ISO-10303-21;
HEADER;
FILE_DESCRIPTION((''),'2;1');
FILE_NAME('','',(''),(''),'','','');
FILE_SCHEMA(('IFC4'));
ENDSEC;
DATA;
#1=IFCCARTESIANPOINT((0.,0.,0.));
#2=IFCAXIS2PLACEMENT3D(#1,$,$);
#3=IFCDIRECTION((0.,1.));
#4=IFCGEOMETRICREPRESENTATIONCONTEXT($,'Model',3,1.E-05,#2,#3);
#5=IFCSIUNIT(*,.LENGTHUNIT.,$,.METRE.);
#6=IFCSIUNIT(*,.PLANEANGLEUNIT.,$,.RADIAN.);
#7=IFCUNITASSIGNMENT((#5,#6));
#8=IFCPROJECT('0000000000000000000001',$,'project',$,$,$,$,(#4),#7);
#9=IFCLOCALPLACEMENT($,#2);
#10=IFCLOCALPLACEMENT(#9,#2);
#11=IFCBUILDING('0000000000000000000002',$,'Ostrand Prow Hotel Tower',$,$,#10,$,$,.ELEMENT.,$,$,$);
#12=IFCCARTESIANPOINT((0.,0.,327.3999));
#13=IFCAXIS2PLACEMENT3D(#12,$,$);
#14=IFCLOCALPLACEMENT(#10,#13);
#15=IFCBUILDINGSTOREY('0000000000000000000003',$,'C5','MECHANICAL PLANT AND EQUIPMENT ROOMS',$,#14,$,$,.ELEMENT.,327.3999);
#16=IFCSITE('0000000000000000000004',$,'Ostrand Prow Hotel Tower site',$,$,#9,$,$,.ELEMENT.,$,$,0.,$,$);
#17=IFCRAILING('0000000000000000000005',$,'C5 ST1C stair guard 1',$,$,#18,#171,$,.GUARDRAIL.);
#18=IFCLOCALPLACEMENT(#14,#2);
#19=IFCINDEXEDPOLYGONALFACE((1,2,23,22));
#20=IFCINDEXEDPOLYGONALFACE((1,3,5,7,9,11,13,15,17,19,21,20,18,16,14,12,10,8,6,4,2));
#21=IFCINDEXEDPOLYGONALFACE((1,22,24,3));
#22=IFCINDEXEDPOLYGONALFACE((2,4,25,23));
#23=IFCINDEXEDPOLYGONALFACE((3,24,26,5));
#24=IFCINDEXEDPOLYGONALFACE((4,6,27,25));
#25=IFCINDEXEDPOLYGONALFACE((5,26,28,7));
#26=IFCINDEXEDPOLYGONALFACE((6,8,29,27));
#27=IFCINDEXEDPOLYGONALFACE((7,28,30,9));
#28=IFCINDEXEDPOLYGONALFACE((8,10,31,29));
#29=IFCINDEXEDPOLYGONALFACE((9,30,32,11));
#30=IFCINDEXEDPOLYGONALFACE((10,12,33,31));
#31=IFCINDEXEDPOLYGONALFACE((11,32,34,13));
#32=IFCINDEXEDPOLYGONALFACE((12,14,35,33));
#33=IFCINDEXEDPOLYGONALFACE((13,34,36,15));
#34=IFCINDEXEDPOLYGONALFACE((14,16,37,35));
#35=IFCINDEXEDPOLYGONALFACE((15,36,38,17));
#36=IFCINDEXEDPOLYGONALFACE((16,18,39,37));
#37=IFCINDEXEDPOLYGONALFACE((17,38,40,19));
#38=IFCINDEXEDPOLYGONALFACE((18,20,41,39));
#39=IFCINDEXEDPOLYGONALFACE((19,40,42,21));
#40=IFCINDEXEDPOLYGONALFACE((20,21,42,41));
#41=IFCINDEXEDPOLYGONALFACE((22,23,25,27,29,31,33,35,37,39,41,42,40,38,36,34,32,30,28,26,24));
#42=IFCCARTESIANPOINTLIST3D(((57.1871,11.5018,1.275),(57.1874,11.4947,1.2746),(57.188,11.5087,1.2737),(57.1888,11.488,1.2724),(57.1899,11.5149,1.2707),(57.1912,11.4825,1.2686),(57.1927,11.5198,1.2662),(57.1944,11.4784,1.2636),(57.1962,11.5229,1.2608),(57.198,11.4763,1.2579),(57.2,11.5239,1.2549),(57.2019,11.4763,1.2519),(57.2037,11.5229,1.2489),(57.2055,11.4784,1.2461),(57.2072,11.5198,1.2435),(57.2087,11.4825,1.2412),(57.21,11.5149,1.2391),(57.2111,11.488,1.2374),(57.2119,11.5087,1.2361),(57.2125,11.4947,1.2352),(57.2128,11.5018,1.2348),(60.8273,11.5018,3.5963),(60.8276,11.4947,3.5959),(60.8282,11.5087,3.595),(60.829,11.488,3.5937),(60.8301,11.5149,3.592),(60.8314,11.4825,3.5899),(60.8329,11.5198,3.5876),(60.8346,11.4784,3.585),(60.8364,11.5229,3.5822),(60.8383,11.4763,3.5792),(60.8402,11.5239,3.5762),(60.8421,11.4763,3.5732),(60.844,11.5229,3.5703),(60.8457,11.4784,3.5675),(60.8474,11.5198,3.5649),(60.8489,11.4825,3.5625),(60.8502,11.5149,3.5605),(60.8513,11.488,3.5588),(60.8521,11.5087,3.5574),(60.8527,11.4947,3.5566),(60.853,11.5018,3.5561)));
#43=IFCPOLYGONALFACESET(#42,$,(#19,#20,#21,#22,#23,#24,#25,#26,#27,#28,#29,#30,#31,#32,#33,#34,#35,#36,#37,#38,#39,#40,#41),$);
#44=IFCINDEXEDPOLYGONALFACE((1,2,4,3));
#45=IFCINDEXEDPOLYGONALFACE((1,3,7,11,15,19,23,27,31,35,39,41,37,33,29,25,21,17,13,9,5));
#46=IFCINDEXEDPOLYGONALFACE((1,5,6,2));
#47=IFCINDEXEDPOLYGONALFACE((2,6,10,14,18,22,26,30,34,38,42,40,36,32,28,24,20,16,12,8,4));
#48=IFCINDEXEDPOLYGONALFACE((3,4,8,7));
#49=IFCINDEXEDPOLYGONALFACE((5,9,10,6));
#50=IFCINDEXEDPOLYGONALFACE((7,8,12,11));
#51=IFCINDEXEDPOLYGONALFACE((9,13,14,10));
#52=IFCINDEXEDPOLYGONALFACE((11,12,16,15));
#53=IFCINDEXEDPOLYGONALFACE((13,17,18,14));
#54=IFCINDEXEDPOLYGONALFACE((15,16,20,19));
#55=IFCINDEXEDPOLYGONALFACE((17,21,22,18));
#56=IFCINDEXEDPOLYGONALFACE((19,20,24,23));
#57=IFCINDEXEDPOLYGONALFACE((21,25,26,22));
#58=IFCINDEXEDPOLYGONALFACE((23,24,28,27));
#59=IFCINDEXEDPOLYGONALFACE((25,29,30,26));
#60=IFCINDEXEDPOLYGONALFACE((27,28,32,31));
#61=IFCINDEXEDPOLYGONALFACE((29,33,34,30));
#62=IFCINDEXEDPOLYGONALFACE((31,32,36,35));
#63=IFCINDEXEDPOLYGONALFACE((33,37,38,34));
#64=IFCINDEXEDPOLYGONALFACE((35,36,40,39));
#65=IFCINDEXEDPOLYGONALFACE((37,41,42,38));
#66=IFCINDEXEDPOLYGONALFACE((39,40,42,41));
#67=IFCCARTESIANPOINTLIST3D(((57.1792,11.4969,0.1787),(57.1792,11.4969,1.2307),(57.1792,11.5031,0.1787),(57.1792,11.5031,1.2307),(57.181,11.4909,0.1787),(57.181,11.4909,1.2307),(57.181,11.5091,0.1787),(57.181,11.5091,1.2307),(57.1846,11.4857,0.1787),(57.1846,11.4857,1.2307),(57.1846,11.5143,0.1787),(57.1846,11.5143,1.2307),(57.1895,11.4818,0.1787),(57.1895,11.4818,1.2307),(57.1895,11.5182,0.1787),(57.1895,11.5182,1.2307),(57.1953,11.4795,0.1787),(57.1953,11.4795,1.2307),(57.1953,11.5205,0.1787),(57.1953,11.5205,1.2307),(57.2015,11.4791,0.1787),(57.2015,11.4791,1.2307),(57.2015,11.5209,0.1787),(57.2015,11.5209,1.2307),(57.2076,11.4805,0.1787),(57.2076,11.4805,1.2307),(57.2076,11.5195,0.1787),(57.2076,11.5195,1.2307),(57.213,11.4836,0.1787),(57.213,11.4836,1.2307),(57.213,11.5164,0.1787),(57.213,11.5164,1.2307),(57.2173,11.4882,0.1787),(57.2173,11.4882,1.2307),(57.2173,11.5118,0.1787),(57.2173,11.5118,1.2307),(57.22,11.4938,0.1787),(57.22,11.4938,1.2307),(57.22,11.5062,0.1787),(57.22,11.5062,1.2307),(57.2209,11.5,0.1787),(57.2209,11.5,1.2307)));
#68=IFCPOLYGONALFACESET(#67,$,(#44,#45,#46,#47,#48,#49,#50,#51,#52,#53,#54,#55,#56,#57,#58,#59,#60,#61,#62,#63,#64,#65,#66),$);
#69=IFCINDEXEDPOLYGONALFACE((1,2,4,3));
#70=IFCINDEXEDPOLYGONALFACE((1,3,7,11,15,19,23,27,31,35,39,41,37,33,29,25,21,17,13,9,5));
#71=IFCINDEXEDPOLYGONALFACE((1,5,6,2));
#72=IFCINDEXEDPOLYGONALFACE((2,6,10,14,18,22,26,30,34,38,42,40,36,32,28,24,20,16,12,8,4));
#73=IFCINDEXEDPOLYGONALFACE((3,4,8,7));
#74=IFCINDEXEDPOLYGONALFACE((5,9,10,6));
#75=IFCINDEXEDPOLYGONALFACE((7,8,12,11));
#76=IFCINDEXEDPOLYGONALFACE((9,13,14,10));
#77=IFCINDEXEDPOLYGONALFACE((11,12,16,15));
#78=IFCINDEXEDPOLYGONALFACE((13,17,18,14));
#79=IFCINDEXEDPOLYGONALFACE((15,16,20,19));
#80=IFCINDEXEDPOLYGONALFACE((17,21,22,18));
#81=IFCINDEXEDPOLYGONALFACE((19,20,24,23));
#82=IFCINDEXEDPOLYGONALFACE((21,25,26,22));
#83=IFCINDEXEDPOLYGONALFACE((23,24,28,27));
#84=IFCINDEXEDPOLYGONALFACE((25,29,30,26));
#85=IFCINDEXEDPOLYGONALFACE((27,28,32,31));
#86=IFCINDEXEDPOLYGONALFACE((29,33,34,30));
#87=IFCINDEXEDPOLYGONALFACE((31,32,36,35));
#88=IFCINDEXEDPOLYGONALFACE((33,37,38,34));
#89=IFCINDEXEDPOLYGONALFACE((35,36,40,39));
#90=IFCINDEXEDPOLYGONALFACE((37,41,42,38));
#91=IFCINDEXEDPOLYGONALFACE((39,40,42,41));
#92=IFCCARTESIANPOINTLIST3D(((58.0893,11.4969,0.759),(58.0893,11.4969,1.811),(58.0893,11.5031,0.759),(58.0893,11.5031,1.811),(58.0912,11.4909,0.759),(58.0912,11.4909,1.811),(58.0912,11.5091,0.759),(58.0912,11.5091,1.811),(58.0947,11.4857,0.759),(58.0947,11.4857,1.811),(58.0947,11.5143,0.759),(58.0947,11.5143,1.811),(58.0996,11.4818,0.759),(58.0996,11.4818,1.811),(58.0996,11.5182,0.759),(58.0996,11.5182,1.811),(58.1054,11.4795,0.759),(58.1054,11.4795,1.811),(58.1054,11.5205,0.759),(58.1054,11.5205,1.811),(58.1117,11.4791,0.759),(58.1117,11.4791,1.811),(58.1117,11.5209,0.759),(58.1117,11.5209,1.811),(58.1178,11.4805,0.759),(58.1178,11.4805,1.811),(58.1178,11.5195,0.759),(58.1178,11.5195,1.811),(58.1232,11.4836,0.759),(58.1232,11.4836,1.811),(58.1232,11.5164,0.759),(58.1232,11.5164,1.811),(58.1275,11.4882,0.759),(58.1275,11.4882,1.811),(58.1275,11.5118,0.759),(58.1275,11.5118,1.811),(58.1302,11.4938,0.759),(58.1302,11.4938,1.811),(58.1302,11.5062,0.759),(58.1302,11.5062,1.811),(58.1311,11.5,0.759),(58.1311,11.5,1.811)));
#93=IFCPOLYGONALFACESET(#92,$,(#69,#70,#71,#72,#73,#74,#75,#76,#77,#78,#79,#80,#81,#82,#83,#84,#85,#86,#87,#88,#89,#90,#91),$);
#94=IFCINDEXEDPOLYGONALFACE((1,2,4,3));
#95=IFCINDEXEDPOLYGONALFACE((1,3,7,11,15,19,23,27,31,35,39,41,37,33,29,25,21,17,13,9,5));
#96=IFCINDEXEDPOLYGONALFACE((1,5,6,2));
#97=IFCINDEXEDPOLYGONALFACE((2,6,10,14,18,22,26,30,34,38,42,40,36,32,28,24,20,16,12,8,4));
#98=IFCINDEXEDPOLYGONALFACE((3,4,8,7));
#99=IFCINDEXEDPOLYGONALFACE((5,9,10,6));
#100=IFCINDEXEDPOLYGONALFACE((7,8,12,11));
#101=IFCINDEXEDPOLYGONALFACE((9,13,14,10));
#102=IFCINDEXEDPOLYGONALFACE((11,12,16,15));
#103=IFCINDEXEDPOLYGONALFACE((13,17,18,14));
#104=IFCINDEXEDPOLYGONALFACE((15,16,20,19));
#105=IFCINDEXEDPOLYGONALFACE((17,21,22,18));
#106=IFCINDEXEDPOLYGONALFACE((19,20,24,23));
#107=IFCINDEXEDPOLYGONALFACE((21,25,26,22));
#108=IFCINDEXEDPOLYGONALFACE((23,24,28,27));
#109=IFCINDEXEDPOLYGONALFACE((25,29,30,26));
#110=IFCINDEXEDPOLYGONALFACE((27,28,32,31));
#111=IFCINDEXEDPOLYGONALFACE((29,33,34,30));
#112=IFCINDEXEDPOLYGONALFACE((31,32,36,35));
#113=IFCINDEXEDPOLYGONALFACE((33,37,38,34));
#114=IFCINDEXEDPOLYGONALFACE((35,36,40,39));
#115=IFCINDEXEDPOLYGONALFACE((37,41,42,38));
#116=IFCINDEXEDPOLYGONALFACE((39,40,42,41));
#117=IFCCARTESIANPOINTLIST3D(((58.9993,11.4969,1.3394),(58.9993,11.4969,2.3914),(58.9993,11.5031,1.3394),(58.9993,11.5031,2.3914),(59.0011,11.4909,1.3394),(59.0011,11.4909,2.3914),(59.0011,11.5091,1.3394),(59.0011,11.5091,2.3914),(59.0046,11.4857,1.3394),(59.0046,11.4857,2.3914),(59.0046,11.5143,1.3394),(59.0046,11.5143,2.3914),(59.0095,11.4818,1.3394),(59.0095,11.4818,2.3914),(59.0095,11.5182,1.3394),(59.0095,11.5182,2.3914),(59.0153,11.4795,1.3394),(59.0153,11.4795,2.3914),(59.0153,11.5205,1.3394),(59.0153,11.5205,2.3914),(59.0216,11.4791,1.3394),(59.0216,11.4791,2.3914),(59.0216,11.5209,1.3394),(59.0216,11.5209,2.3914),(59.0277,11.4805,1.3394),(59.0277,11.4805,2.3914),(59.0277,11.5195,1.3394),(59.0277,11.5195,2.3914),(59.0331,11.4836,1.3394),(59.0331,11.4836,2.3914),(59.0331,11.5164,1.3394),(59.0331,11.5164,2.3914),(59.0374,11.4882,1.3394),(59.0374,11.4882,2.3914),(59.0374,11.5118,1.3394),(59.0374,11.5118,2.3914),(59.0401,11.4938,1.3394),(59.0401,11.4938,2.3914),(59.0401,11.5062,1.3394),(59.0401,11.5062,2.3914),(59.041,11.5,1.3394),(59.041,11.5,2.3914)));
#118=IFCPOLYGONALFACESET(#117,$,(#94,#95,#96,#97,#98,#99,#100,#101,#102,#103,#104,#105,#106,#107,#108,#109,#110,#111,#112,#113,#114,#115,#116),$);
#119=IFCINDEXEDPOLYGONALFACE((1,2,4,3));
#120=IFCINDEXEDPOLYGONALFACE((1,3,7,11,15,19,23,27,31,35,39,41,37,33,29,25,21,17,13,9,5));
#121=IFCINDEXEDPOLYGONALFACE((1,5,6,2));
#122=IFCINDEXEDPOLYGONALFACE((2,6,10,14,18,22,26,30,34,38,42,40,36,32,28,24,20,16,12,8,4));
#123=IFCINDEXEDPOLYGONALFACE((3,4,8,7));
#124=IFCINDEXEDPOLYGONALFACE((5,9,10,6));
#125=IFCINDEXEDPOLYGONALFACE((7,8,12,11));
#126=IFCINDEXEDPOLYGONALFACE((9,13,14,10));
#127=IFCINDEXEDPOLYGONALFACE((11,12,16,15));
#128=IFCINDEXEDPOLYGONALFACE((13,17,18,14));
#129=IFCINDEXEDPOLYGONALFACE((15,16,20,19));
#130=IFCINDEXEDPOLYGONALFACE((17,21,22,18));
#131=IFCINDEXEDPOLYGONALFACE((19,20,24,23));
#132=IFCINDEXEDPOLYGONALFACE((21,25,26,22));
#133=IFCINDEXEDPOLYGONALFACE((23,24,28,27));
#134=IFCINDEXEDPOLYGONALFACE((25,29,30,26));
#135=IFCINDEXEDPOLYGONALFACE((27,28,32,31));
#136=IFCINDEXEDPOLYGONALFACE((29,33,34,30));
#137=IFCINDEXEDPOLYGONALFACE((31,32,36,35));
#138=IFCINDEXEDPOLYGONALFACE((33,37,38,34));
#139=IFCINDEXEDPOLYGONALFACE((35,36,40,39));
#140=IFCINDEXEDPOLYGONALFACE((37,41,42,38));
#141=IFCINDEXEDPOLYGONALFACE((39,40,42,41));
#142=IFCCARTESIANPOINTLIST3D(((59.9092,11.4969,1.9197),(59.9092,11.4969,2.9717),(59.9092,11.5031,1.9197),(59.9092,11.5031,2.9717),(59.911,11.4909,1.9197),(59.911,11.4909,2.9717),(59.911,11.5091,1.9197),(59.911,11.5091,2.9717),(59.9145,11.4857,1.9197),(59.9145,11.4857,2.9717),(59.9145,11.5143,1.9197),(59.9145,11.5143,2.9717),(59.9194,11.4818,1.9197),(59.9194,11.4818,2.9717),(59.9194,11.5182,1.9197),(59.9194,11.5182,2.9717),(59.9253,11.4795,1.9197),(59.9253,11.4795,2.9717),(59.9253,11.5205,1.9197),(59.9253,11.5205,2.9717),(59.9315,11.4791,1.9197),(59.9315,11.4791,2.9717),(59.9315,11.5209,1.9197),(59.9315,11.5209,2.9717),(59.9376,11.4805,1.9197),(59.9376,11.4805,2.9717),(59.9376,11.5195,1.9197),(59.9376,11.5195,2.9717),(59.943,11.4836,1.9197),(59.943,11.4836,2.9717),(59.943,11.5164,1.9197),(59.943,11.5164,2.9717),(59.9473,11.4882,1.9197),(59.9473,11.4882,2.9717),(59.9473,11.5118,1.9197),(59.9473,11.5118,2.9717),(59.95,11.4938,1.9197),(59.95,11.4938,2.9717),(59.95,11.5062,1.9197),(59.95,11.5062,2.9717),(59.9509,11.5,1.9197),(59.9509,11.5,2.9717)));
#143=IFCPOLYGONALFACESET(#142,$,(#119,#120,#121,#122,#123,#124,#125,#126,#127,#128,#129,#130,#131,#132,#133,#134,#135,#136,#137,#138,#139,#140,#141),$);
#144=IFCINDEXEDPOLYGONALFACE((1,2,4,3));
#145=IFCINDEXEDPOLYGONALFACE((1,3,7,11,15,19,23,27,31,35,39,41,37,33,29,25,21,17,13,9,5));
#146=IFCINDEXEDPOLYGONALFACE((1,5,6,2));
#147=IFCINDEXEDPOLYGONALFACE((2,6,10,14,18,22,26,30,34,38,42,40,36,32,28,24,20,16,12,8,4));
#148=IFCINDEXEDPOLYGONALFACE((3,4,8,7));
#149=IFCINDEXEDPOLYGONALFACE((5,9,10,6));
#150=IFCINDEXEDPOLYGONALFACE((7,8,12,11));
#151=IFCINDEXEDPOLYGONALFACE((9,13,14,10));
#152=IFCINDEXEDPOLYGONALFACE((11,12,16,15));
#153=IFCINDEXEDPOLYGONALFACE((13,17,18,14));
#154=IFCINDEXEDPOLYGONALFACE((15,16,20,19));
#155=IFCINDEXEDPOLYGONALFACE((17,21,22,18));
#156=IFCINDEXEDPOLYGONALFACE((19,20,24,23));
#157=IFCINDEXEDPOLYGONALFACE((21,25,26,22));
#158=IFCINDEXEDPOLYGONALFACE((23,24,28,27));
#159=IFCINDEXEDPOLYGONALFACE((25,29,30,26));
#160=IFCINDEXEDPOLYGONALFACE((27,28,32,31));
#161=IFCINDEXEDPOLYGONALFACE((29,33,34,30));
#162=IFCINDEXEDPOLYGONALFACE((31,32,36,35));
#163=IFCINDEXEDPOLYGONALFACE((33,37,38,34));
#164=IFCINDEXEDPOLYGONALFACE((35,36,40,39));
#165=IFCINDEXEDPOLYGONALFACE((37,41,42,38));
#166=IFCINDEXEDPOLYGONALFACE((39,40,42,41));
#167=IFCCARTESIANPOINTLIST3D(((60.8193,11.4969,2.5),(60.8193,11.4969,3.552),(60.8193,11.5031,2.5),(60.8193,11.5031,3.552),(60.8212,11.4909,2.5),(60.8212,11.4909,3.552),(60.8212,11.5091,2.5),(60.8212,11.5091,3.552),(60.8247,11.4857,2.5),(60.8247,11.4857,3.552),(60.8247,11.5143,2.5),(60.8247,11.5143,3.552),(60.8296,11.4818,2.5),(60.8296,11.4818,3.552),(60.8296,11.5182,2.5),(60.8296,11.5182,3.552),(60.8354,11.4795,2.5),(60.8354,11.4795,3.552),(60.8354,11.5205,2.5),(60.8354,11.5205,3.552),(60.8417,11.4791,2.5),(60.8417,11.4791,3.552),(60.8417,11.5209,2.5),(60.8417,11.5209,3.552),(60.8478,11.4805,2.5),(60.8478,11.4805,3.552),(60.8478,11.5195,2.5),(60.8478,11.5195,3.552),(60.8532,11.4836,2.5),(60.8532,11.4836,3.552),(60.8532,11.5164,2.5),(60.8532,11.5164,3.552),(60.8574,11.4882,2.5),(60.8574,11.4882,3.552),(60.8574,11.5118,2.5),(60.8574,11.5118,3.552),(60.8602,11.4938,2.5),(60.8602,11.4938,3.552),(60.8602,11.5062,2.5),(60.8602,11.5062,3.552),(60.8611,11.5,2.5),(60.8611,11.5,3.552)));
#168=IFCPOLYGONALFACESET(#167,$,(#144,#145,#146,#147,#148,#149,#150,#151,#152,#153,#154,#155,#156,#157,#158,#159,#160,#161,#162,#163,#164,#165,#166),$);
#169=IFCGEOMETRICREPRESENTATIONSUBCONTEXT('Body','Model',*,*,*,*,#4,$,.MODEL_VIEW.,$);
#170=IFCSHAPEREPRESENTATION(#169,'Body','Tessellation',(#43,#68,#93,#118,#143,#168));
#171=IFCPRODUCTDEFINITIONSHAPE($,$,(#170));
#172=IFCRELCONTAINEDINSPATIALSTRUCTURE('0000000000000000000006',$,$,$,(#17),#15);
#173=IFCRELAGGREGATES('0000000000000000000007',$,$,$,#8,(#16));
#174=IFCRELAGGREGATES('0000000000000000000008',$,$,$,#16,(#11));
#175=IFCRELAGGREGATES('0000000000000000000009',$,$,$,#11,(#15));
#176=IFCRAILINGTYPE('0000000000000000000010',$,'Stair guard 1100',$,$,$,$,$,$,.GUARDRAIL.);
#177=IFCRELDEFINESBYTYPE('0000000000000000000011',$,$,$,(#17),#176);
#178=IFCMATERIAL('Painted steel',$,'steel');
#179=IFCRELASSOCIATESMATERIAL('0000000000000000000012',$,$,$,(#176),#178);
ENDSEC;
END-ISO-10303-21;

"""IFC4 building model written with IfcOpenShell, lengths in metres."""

from ifc_helpers import new_model, si_unit, direction, frame, origin, origin_2d, place, context, subcontext, project, spatial, circle, extrude, material, type_object, element, save


model = new_model("IFC4")

# Units and contexts
model_context = context("Model", 3, precision=1e-05, world=origin(), true_north=direction((0.0, 1.0)))
body_context = subcontext(model_context, "Body", "Model", "MODEL_VIEW")
ifc_project = project(units=[si_unit("LENGTHUNIT", "METRE"), si_unit("PLANEANGLEUNIT", "RADIAN")], contexts=[model_context])

# Site, building, storey
site_placement = place(None, origin())
site = spatial("IfcSite", under=ifc_project, at=site_placement, Name="Ostrand Prow Hotel Tower site", CompositionType="ELEMENT", RefElevation=0.0)
building_placement = place(site_placement, origin())
building = spatial("IfcBuilding", under=site, at=building_placement, Name="Ostrand Prow Hotel Tower", CompositionType="ELEMENT")
storey_placement = place(building_placement, frame((0.0, 0.0, 327.3999)))
storey = spatial("IfcBuildingStorey", under=building, at=storey_placement, Name="C5", Description="MECHANICAL PLANT AND EQUIPMENT ROOMS", CompositionType="ELEMENT", Elevation=327.3999)

# Railing
ifc_material_1 = material(Name="Painted steel", Category="steel")
railing_type = type_object("IfcRailingType", Name="Stair guard 1100", PredefinedType="GUARDRAIL", material=ifc_material_1)
railing_1_placement = place(storey_placement, frame((57.2, 11.5, 0.1787)))
element("IfcRailing", 1, at=railing_1_placement, inside=storey, type_object=railing_type, Name="C5 ST1C stair guard 1", PredefinedType="GUARDRAIL", context=body_context, shape_type="SweptSolid", body=[
    extrude(circle(Radius=0.0239, at=origin_2d()), frame((0.0, 0.0, 1.0762), z_axis=(0.843153, 0.0, 0.537673), x_axis=(0.0, 1.0, 0.0)), (0.0, 0.0, 1.0), 4.3174),
    extrude(circle(Radius=0.021, at=origin_2d()), origin(), (0.0, 0.0, 1.0), 1.052),
    extrude(circle(Radius=0.021, at=origin_2d()), frame((0.9102, 0.0, 0.5803)), (0.0, 0.0, 1.0), 1.052),
    extrude(circle(Radius=0.021, at=origin_2d()), frame((1.8201, 0.0, 1.1606)), (0.0, 0.0, 1.0), 1.052),
    extrude(circle(Radius=0.021, at=origin_2d()), frame((2.73, 0.0, 1.741)), (0.0, 0.0, 1.0), 1.052),
    extrude(circle(Radius=0.021, at=origin_2d()), frame((3.6401, 0.0, 2.3213)), (0.0, 0.0, 1.0), 1.052),
])

save(model, "model.ifc")
